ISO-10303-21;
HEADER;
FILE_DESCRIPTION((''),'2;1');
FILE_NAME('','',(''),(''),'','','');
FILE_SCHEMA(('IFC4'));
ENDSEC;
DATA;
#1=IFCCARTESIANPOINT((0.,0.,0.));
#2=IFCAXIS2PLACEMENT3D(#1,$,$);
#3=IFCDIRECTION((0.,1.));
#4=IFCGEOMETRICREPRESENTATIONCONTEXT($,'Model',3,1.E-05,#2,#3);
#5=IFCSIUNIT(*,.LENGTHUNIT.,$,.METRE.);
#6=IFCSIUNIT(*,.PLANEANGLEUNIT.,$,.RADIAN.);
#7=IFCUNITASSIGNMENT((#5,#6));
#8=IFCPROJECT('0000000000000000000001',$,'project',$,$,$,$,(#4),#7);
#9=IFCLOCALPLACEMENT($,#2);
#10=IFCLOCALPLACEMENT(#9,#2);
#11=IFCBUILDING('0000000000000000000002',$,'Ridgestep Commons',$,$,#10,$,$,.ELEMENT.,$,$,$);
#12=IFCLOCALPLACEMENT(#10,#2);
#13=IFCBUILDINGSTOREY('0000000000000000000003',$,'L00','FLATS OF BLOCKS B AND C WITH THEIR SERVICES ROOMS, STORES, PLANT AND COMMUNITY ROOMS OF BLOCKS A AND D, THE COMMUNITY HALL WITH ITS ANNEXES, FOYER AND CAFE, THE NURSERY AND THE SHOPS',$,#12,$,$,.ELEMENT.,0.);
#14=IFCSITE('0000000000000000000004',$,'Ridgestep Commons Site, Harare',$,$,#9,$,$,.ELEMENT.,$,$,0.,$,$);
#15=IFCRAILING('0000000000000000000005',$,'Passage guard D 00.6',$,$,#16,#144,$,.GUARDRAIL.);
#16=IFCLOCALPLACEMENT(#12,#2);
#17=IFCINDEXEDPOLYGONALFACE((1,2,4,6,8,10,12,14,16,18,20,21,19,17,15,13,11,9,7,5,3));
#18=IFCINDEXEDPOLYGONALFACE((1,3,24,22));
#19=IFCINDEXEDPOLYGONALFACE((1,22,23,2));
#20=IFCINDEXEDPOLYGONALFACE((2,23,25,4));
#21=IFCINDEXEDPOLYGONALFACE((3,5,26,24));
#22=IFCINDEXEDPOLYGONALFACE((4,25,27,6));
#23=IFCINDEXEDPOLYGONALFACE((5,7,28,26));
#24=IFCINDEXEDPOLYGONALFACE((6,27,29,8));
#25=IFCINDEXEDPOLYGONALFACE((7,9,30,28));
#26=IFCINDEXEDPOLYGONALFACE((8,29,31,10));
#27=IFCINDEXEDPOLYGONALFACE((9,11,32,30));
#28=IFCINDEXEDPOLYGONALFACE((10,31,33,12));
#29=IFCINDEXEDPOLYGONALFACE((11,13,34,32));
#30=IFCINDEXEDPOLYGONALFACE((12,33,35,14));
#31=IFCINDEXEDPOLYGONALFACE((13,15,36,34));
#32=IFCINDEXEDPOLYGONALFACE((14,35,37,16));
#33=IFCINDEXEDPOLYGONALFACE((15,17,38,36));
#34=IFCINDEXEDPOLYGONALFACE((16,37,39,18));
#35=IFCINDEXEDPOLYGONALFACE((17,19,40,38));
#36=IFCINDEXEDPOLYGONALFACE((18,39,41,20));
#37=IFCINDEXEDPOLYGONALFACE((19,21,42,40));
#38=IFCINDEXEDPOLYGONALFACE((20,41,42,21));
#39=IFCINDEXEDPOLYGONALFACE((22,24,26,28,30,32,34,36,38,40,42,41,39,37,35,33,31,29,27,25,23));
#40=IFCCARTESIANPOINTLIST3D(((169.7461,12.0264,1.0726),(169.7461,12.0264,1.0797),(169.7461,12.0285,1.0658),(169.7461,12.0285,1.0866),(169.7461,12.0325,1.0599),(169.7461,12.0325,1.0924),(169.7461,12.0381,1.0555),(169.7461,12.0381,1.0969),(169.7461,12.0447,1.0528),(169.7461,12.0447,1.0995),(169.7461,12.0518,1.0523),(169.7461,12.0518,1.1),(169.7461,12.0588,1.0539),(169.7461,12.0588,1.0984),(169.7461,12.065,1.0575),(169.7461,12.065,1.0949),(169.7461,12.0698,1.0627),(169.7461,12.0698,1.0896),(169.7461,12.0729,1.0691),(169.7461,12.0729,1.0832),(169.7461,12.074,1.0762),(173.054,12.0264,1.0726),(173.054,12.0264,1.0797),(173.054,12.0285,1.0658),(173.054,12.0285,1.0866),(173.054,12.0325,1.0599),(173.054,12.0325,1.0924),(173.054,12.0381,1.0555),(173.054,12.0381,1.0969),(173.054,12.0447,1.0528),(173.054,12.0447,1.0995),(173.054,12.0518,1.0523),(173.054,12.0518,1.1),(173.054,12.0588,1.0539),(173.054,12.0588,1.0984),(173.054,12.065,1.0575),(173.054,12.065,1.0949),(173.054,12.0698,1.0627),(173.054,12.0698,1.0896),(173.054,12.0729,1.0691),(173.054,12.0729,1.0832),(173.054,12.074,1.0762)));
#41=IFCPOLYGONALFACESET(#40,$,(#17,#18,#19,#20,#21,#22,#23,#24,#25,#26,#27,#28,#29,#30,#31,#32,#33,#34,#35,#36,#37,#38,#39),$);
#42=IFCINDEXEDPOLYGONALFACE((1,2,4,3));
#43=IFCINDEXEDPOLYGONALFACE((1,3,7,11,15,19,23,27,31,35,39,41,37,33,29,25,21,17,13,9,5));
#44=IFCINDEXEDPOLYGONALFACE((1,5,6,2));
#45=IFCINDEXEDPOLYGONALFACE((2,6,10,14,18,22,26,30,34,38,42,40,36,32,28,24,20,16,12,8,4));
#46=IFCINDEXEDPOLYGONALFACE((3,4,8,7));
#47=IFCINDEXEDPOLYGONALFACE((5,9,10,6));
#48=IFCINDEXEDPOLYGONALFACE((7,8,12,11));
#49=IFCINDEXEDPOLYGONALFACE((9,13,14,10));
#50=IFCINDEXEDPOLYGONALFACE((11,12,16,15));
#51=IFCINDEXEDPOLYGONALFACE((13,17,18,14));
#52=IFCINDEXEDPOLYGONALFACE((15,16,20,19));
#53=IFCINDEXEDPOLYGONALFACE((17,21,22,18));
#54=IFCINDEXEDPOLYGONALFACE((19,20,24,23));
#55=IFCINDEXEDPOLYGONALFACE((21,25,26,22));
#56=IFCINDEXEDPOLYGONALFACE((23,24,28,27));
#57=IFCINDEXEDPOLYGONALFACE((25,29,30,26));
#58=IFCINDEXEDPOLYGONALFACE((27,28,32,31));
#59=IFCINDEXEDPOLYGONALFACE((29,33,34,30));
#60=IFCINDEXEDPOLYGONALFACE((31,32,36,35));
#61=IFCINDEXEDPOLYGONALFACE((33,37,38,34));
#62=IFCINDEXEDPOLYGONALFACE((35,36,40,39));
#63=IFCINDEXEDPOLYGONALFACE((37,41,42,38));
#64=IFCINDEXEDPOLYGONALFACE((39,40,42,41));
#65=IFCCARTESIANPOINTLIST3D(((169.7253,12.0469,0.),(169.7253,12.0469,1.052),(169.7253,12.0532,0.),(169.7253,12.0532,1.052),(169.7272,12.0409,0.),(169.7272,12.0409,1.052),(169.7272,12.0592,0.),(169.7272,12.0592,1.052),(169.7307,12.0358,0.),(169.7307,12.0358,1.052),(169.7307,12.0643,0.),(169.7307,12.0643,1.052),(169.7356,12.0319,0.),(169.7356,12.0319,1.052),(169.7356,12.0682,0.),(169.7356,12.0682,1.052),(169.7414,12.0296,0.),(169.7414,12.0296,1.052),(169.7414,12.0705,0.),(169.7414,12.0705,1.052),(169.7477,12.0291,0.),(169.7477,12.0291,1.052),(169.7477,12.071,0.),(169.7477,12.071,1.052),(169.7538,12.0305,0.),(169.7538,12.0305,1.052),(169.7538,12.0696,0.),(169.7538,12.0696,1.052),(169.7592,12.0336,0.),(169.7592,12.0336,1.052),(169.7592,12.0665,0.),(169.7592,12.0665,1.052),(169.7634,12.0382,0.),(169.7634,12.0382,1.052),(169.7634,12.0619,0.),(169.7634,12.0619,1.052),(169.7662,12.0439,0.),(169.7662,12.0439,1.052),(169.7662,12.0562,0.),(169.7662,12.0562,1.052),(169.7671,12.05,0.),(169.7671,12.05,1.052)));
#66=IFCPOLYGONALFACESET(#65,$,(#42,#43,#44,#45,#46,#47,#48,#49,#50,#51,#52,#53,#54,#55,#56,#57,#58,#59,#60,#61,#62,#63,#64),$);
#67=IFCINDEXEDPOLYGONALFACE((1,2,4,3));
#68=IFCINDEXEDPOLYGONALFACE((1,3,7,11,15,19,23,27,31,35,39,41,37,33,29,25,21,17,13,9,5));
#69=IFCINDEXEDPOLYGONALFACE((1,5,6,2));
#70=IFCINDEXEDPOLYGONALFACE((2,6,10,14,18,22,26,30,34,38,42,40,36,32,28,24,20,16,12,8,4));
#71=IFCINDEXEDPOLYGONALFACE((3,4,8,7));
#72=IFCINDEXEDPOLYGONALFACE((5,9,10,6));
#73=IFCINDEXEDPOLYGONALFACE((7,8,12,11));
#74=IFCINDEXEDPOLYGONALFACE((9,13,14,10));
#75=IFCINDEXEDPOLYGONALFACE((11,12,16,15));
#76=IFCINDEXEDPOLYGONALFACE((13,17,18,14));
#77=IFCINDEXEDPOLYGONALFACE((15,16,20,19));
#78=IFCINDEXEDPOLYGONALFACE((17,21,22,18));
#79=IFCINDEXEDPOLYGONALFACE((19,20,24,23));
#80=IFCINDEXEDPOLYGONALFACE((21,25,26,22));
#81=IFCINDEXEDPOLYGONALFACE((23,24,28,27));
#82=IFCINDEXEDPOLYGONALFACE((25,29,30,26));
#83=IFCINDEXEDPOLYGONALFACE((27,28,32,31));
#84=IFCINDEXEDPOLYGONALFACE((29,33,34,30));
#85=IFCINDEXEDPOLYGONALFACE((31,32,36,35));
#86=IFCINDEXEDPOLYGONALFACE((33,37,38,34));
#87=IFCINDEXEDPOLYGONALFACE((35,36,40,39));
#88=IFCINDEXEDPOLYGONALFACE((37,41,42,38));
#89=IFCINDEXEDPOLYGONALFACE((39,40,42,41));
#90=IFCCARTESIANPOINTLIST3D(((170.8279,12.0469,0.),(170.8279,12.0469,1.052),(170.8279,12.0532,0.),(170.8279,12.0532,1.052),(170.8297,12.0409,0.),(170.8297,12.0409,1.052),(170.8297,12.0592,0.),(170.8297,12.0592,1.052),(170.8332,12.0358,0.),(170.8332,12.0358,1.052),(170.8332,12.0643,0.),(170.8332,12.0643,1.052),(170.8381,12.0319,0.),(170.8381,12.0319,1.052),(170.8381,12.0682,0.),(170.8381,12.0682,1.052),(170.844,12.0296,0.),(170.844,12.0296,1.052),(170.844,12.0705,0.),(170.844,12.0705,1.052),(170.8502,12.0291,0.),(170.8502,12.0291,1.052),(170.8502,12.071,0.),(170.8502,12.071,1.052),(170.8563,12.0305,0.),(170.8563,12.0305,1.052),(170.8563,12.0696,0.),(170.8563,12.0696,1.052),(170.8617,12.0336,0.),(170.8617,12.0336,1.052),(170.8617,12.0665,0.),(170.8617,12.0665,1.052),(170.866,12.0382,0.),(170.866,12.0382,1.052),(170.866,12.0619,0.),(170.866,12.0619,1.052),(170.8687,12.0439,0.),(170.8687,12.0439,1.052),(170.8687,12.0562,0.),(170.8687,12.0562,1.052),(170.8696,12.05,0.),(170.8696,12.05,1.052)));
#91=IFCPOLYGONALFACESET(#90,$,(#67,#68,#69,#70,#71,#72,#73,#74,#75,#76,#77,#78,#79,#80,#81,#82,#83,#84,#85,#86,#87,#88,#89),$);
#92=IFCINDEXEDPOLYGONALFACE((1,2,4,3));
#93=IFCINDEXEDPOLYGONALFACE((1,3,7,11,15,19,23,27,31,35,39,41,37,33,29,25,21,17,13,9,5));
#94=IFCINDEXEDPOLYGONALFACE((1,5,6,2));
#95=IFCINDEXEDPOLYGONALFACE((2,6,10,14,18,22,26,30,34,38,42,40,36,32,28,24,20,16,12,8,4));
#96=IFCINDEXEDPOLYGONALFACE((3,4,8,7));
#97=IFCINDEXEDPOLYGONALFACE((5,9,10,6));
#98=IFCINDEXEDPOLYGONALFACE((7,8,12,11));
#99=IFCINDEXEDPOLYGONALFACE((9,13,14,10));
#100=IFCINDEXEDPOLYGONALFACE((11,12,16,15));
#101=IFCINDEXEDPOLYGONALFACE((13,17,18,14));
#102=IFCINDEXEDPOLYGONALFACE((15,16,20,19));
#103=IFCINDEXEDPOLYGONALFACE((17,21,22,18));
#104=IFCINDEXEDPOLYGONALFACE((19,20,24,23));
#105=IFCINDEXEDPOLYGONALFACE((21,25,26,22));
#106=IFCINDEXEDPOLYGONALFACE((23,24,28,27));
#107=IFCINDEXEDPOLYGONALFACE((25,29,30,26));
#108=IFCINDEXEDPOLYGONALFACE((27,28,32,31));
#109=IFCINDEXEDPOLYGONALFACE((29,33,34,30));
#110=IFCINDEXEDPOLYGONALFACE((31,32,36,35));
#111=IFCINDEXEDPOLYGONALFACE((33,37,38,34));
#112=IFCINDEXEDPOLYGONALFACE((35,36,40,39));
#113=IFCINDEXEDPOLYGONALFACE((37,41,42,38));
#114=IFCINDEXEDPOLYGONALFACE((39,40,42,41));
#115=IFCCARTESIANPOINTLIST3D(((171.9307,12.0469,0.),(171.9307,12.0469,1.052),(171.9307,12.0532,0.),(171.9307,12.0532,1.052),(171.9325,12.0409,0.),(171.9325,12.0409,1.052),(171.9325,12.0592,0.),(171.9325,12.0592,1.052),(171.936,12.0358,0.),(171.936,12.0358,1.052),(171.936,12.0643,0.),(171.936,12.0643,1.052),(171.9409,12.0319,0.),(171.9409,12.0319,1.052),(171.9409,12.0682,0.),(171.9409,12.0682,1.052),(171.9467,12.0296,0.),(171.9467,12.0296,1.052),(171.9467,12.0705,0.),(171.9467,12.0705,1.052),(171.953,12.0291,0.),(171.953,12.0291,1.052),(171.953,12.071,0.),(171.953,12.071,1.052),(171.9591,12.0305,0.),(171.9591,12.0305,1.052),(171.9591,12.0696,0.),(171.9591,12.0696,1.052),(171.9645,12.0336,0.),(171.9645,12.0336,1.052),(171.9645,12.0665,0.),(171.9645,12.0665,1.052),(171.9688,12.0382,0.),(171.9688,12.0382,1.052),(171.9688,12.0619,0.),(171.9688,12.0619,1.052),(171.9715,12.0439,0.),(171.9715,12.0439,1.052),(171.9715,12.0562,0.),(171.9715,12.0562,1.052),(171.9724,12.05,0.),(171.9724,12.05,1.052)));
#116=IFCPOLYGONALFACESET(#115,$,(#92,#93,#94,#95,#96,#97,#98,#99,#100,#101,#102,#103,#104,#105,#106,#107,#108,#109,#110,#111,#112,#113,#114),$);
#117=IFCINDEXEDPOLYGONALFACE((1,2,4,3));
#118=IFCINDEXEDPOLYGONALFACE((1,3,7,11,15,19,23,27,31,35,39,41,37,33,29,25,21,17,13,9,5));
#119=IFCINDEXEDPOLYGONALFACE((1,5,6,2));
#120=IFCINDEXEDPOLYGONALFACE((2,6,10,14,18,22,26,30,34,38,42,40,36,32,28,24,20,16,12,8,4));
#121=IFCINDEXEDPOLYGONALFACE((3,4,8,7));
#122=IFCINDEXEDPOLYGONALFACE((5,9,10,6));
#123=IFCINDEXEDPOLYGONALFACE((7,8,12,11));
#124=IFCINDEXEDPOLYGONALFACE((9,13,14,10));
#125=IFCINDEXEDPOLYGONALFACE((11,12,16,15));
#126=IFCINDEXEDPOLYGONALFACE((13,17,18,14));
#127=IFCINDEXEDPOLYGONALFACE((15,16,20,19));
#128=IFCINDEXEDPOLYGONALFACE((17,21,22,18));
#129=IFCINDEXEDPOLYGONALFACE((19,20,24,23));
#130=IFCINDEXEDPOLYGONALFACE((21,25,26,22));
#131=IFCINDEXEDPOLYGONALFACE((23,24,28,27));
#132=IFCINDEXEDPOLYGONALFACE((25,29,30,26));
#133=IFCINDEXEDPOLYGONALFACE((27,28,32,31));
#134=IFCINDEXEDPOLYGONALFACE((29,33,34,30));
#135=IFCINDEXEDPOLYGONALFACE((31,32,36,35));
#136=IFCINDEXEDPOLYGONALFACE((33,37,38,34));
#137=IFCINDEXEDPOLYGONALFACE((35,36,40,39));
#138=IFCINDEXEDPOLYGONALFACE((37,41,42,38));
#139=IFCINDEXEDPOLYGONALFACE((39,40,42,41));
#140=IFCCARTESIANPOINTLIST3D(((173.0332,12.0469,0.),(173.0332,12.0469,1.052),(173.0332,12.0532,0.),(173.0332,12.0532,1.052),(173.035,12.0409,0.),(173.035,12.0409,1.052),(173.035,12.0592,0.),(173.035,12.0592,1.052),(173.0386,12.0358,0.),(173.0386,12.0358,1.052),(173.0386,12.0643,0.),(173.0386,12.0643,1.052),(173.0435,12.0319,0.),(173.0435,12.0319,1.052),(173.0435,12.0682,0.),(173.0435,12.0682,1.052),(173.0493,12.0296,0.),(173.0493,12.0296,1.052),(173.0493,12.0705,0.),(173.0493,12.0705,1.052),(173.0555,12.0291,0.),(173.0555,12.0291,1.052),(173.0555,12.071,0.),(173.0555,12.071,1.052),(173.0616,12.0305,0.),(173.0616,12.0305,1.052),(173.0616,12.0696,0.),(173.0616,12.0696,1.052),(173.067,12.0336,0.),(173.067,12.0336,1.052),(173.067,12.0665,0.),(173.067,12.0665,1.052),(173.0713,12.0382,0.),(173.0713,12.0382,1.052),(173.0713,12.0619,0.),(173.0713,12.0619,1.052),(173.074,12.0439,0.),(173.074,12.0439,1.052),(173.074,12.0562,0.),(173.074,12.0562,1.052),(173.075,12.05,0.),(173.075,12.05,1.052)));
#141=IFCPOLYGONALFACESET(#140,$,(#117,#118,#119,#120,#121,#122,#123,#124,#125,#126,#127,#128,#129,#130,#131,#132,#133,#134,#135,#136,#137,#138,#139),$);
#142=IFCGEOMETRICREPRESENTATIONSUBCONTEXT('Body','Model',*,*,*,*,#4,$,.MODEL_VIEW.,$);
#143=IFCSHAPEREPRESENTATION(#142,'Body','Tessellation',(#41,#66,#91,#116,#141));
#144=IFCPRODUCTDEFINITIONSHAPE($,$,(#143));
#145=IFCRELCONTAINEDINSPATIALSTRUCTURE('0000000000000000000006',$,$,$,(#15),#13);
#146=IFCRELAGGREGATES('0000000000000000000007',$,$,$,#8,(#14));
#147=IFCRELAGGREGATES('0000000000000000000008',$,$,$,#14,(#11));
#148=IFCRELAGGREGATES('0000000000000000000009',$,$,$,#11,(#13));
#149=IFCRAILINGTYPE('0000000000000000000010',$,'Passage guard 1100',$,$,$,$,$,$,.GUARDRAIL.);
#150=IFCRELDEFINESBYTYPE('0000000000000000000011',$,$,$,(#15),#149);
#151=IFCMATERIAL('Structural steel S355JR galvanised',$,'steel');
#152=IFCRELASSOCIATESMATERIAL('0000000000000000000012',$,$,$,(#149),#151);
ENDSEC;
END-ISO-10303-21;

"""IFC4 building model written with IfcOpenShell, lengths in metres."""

from ifc_helpers import new_model, si_unit, direction, frame, origin, origin_2d, place, context, subcontext, project, spatial, circle, extrude, material, type_object, element, save


model = new_model("IFC4")

# Units and contexts
model_context = context("Model", 3, precision=1e-05, world=origin(), true_north=direction((0.0, 1.0)))
body_context = subcontext(model_context, "Body", "Model", "MODEL_VIEW")
ifc_project = project(units=[si_unit("LENGTHUNIT", "METRE"), si_unit("PLANEANGLEUNIT", "RADIAN")], contexts=[model_context])

# Site, building, storey
site_placement = place(None, origin())
site = spatial("IfcSite", under=ifc_project, at=site_placement, Name="Ridgestep Commons Site, Harare", CompositionType="ELEMENT", RefElevation=0.0)
building_placement = place(site_placement, origin())
building = spatial("IfcBuilding", under=site, at=building_placement, Name="Ridgestep Commons", CompositionType="ELEMENT")
storey_placement = place(building_placement, origin())
storey = spatial("IfcBuildingStorey", under=building, at=storey_placement, Name="L00", Description="FLATS OF BLOCKS B AND C WITH THEIR SERVICES ROOMS, STORES, PLANT AND COMMUNITY ROOMS OF BLOCKS A AND D, THE COMMUNITY HALL WITH ITS ANNEXES, FOYER AND CAFE, THE NURSERY AND THE SHOPS", CompositionType="ELEMENT", Elevation=0.0)

# Railing
ifc_material_1 = material(Name="Structural steel S355JR galvanised", Category="steel")
railing_type_1 = type_object("IfcRailingType", Name="Passage guard 1100", PredefinedType="GUARDRAIL", material=ifc_material_1)
railing_1_placement = place(storey_placement, frame((169.7461, 12.05, 0.0)))
element("IfcRailing", 1, at=railing_1_placement, inside=storey, type_object=railing_type_1, Name="Passage guard D 00.6", PredefinedType="GUARDRAIL", context=body_context, shape_type="SweptSolid", body=[
    extrude(circle(Radius=0.0239, at=origin_2d()), frame((0.0, 0.0, 1.0762), z_axis=(1.0, 0.0, 0.0), x_axis=(0.0, 1.0, 0.0)), (0.0, 0.0, 1.0), 3.3079),
    extrude(circle(Radius=0.021, at=origin_2d()), origin(), (0.0, 0.0, 1.0), 1.052),
    extrude(circle(Radius=0.021, at=origin_2d()), frame((1.1025, 0.0, 0.0)), (0.0, 0.0, 1.0), 1.052),
    extrude(circle(Radius=0.021, at=origin_2d()), frame((2.2053, 0.0, 0.0)), (0.0, 0.0, 1.0), 1.052),
    extrude(circle(Radius=0.021, at=origin_2d()), frame((3.3079, 0.0, 0.0)), (0.0, 0.0, 1.0), 1.052),
])

save(model, "model.ifc")
